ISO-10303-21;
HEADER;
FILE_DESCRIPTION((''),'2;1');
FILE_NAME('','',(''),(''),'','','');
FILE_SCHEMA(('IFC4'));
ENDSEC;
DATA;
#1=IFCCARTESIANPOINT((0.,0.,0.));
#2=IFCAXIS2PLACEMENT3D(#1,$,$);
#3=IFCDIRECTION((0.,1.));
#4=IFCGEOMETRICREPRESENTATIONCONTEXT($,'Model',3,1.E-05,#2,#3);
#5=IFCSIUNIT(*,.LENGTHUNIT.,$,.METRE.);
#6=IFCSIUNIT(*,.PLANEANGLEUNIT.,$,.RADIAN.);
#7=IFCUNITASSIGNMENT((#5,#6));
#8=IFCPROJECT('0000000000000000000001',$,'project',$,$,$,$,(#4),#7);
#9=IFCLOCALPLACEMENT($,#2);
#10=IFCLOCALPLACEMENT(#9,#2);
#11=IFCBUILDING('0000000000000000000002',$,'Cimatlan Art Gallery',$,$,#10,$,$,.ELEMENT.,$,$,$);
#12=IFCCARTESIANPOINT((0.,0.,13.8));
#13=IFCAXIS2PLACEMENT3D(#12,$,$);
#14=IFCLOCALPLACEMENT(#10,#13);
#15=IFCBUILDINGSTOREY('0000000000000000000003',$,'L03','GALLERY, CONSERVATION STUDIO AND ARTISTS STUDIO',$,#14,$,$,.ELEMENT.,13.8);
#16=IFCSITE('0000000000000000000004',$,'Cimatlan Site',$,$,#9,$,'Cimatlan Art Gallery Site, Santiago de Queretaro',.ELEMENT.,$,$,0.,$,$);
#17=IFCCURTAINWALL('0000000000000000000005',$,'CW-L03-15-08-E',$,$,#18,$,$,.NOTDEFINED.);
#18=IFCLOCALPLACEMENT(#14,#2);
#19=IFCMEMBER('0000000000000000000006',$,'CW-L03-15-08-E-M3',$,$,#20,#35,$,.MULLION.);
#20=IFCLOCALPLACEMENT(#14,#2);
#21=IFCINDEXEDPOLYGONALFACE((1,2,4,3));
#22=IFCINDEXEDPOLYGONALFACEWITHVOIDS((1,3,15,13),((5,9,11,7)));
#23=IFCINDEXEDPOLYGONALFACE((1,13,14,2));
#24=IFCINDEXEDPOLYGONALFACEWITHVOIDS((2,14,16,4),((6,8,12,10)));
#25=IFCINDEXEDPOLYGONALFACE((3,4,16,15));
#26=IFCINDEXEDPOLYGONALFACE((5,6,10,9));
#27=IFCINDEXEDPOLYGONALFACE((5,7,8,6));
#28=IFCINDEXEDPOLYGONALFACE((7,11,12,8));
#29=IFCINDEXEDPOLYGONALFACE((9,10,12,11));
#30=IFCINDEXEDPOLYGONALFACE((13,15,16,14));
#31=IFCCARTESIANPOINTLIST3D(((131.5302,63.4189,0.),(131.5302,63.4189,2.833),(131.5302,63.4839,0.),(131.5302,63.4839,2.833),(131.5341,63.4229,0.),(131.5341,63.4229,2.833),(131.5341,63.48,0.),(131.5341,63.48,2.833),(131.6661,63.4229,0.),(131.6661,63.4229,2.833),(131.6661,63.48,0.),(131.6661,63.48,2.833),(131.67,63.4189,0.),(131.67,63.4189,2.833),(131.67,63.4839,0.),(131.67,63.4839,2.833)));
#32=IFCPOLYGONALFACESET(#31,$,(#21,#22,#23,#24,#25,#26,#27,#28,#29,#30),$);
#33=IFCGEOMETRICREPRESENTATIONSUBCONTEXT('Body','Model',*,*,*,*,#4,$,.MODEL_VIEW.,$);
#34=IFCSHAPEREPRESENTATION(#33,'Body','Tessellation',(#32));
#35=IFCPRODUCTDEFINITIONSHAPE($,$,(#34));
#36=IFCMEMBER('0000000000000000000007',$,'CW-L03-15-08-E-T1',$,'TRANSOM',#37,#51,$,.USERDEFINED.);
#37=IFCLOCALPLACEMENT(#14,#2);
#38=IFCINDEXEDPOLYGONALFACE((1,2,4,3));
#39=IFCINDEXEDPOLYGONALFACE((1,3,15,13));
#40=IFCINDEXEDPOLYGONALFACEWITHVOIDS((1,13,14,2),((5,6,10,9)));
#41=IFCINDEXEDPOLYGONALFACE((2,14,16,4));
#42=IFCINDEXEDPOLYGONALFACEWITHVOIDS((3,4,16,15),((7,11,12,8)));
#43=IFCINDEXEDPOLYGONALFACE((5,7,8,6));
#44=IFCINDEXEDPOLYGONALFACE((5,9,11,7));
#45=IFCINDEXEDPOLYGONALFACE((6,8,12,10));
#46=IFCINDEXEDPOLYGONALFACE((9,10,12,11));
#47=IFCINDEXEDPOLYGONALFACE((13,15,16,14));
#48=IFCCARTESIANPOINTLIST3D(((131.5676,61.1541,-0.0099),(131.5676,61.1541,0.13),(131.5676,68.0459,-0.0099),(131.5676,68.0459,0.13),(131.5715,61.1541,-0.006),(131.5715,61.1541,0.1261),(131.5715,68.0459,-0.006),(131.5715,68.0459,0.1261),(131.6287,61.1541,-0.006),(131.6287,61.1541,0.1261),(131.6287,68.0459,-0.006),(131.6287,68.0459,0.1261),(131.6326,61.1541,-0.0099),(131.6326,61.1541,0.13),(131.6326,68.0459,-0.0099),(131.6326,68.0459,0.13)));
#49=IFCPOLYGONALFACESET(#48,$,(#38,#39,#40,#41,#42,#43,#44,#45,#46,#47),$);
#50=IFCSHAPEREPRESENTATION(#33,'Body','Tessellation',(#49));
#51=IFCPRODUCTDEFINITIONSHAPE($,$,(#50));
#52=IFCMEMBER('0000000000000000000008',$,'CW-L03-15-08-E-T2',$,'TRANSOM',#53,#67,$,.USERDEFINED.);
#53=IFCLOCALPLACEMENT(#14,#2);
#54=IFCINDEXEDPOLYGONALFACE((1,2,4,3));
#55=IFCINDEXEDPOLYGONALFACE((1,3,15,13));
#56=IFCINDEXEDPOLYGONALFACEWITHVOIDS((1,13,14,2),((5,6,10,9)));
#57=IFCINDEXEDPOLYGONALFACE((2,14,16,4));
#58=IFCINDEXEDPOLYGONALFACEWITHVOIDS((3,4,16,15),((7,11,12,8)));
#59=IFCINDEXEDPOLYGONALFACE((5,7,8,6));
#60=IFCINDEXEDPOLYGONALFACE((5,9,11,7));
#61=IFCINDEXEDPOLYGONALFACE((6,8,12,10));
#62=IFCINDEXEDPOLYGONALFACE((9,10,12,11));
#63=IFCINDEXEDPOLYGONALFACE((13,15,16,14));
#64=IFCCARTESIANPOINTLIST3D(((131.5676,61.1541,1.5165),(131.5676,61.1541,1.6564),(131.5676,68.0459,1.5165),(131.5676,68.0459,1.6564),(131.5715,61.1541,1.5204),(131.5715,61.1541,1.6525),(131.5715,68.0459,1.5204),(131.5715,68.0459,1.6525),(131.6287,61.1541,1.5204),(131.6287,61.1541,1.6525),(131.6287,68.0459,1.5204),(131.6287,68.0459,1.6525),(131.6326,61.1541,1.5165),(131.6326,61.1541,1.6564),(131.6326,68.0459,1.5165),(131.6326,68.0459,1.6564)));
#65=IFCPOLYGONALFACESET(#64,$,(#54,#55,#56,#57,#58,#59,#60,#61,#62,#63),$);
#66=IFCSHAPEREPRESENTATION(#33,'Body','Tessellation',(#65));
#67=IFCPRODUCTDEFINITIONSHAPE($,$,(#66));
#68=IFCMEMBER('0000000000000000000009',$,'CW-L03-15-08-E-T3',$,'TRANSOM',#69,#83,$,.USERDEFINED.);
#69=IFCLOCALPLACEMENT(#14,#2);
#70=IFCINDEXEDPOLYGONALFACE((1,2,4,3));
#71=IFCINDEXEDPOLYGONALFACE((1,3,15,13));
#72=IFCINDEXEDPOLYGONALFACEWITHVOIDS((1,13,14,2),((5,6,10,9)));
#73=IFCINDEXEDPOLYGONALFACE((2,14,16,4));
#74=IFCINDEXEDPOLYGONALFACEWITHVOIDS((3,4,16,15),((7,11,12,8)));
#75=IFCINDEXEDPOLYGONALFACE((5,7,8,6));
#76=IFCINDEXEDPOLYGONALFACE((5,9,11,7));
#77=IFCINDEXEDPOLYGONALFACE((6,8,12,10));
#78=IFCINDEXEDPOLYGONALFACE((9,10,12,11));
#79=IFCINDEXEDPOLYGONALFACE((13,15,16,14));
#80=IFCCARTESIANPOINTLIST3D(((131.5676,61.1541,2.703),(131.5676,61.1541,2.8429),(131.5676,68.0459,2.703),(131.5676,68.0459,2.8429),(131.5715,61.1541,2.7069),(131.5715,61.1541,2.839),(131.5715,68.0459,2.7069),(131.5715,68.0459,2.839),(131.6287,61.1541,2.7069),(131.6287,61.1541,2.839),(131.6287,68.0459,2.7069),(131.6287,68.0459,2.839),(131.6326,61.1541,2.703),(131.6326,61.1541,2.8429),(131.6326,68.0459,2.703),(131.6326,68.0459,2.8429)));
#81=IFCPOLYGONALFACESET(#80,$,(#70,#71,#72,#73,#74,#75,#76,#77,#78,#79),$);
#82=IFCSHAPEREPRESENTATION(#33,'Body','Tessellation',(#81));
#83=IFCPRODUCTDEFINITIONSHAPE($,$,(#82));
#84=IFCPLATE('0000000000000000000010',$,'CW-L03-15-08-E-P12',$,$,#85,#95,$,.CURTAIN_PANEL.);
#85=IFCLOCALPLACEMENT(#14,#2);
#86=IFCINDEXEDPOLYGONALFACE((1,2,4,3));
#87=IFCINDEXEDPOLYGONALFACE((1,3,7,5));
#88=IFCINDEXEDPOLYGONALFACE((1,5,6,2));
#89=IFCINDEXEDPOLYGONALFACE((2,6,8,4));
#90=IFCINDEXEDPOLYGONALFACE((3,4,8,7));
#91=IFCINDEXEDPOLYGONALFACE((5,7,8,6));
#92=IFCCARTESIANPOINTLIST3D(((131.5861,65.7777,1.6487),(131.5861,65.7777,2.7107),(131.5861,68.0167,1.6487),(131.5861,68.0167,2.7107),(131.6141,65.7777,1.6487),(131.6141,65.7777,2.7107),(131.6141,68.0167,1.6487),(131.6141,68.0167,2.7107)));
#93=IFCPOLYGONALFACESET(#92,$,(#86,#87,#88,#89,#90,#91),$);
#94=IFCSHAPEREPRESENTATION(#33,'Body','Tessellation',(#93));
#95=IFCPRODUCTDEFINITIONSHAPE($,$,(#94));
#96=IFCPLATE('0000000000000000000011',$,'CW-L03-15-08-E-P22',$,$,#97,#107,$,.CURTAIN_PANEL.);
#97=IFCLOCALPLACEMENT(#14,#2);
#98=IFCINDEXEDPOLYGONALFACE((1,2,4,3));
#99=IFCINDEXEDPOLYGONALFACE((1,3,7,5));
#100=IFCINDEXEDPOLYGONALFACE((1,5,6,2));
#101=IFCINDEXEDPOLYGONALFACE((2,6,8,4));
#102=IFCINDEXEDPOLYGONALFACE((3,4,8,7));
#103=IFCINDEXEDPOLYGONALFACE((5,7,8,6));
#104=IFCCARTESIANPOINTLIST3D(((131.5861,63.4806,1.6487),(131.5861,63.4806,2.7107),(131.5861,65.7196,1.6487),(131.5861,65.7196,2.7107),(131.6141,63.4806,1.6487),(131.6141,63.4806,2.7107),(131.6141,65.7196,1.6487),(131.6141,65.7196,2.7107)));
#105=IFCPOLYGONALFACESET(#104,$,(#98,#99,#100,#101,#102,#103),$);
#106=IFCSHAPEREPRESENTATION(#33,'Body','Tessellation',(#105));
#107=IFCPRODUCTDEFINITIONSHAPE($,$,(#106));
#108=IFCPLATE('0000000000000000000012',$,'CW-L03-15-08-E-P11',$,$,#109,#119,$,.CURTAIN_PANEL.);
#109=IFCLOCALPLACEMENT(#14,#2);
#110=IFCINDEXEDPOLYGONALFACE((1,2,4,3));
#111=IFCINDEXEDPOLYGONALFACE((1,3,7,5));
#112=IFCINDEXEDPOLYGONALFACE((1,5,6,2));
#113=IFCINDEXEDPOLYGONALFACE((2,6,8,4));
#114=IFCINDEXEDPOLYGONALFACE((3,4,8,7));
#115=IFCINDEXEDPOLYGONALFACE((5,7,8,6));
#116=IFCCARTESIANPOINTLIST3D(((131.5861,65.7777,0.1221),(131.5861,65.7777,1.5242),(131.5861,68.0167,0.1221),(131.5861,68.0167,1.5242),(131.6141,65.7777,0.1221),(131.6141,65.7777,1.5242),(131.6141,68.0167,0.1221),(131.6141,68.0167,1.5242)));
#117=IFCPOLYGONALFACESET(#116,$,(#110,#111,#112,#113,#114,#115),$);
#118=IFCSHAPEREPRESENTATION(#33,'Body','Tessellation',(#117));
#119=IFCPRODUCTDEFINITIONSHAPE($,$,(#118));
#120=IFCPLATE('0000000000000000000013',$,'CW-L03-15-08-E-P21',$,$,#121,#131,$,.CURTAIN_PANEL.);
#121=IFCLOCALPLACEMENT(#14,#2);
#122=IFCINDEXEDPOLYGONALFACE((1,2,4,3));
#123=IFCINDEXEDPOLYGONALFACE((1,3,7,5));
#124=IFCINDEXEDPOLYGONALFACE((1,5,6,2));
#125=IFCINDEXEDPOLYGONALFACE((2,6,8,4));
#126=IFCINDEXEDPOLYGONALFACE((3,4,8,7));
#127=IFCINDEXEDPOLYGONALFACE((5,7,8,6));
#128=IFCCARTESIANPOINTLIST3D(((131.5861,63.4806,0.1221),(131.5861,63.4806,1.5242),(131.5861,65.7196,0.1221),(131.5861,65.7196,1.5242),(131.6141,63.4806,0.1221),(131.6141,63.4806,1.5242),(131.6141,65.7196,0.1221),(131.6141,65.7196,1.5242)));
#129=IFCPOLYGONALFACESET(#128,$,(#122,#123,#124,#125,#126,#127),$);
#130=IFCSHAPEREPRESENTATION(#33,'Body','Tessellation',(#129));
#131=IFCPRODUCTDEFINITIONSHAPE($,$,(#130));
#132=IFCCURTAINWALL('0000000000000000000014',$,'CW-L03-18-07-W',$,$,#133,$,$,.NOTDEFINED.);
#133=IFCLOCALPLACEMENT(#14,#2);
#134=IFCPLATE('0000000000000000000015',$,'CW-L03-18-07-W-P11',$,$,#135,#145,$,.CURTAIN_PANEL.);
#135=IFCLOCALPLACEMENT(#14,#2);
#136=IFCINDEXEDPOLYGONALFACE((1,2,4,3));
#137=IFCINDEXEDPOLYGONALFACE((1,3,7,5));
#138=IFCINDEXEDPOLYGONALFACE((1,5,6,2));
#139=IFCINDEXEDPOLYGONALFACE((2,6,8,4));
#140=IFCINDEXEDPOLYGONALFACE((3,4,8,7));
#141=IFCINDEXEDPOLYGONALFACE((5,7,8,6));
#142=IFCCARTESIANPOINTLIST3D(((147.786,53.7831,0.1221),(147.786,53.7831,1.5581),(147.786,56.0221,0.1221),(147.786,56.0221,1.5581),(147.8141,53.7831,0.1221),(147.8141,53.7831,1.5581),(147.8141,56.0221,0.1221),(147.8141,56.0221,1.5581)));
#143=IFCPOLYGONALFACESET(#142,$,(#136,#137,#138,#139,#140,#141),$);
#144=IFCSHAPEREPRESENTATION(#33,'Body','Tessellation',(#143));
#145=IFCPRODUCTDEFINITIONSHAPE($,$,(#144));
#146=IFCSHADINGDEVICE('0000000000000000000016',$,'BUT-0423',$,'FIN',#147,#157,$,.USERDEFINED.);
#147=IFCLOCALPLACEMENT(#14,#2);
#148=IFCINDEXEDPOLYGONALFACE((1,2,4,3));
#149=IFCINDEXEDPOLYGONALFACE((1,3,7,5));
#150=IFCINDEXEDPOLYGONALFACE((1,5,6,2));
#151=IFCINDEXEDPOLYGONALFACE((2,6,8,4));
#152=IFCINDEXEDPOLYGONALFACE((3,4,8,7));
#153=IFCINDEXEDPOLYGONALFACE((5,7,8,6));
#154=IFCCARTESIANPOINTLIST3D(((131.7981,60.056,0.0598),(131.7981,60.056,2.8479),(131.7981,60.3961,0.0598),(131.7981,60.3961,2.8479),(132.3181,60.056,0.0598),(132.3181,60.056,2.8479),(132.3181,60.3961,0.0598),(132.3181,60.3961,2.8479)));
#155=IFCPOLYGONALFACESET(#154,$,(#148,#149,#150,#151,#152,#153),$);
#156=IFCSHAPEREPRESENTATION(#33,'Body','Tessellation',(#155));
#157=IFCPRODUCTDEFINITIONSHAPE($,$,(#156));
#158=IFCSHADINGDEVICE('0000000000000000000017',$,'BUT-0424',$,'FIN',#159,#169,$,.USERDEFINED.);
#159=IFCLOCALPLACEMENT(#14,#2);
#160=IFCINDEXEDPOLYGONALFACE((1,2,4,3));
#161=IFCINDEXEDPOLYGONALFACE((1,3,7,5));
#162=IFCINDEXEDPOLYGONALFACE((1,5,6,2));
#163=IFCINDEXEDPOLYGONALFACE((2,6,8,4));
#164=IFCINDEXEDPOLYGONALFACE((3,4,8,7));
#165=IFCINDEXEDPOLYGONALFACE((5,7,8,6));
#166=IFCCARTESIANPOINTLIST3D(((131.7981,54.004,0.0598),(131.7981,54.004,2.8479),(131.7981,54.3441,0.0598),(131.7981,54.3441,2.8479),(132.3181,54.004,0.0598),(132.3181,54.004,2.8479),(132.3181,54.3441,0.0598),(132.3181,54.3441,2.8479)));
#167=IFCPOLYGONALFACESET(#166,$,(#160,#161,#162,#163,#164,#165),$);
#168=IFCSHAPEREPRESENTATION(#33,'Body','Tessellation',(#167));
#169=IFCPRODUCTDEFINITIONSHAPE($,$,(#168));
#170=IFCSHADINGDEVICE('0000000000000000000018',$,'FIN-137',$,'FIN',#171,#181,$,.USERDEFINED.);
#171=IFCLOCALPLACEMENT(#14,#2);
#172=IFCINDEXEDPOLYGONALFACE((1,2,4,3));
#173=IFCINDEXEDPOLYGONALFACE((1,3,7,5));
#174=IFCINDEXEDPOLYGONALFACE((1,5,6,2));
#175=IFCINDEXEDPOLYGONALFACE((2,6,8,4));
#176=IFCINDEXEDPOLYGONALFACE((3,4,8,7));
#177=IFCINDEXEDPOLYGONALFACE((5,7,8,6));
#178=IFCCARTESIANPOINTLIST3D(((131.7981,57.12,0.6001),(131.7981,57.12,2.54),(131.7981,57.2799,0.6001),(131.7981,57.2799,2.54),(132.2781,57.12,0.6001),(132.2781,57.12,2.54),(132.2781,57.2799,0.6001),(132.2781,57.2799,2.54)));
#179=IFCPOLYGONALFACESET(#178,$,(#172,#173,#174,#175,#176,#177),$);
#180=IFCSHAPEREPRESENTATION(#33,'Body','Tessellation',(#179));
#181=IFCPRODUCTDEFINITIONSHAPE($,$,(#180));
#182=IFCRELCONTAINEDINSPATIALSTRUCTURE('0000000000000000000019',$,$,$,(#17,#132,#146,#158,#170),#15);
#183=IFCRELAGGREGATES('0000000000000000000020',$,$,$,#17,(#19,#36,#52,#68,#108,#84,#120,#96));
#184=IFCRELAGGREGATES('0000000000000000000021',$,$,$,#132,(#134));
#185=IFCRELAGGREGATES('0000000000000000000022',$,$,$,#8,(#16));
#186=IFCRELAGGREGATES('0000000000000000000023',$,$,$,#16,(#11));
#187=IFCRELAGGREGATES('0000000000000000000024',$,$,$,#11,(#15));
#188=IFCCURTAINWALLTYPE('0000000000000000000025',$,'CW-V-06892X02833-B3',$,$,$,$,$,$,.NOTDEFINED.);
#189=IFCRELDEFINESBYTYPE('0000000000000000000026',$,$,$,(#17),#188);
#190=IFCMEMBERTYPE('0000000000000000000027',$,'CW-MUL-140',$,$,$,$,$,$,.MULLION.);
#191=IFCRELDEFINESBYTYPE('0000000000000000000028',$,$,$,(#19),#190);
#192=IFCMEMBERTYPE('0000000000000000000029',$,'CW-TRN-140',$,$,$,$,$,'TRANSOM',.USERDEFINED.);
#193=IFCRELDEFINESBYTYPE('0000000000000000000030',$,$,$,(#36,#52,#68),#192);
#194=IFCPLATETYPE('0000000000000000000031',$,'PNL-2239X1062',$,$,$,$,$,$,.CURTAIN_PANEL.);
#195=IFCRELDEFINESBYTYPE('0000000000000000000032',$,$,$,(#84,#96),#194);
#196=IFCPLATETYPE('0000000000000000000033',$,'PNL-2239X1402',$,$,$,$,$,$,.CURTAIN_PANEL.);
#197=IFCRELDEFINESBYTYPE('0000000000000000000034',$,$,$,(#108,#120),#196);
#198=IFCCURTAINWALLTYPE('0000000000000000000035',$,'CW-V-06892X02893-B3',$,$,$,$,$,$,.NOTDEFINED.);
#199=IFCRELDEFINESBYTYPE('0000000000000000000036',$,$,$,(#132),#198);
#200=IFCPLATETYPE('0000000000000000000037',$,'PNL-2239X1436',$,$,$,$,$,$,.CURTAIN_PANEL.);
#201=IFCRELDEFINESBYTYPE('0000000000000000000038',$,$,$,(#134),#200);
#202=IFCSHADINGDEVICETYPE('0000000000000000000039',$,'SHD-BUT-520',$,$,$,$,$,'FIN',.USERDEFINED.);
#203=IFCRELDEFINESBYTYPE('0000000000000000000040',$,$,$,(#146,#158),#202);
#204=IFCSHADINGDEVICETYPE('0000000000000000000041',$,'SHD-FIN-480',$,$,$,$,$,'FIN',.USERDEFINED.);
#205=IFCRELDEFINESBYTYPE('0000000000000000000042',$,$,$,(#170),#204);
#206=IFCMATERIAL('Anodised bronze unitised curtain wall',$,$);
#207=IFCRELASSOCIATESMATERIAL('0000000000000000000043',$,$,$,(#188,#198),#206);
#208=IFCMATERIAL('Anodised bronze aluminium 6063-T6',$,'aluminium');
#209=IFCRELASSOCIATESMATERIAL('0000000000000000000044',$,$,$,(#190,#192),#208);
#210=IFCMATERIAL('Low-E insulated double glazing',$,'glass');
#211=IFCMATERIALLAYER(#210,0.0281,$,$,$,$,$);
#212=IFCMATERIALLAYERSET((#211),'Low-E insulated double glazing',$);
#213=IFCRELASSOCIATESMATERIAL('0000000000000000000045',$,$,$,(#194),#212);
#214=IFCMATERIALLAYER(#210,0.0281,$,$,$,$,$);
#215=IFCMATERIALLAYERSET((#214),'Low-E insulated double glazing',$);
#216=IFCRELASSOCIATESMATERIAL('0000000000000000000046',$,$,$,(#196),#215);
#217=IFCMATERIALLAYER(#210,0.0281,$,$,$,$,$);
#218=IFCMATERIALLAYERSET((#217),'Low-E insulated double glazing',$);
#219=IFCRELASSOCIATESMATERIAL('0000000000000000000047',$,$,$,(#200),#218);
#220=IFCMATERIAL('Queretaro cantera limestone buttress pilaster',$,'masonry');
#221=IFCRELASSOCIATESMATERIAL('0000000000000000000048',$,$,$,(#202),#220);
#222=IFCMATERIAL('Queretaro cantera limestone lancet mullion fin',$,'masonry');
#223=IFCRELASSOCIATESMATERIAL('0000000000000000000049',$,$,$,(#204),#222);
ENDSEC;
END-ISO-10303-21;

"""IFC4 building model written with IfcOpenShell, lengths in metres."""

from ifc_helpers import new_model, si_unit, direction, frame, origin, origin_2d, place, context, subcontext, project, spatial, rectangle, hollow_rectangle, extrude, material, layer, layer_set, material_profile, profile_set, type_object, element, aggregate, save


model = new_model("IFC4")

# Units and contexts
model_context = context("Model", 3, precision=1e-05, world=origin(), true_north=direction((0.0, 1.0)))
body_context = subcontext(model_context, "Body", "Model", "MODEL_VIEW")
ifc_project = project(units=[si_unit("LENGTHUNIT", "METRE"), si_unit("PLANEANGLEUNIT", "RADIAN")], contexts=[model_context])

# Site, building, storey
site_placement = place(None, origin())
site = spatial("IfcSite", under=ifc_project, at=site_placement, Name="Cimatlan Site", LongName="Cimatlan Art Gallery Site, Santiago de Queretaro", CompositionType="ELEMENT", RefElevation=0.0)
building_placement = place(site_placement, origin())
building = spatial("IfcBuilding", under=site, at=building_placement, Name="Cimatlan Art Gallery", CompositionType="ELEMENT")
storey_placement = place(building_placement, frame((0.0, 0.0, 13.8)))
storey = spatial("IfcBuildingStorey", under=building, at=storey_placement, Name="L03", Description="GALLERY, CONSERVATION STUDIO AND ARTISTS STUDIO", CompositionType="ELEMENT", Elevation=13.8)

# Curtain wall, members, plates
ifc_material_1 = material(Name="Anodised bronze unitised curtain wall")
curtain_wall_type_1 = type_object("IfcCurtainWallType", Name="CW-V-06892X02833-B3", PredefinedType="NOTDEFINED", material=ifc_material_1)
curtain_wall_1_placement = place(storey_placement, origin())
curtain_wall_1 = element("IfcCurtainWall", 1, at=curtain_wall_1_placement, inside=storey, type_object=curtain_wall_type_1, Name="CW-L03-15-08-E", PredefinedType="NOTDEFINED")
ifc_material_2 = material(Name="Anodised bronze aluminium 6063-T6", Category="aluminium")
ifc_material_profile_1 = material_profile(ifc_material_2, hollow_rectangle(XDim=0.0649, YDim=0.1399, WallThickness=0.0039, at=origin_2d()), Name="ALU65X140X4")
ifc_profile_set_1 = profile_set([ifc_material_profile_1], Name="Anodised bronze aluminium 6063-T6")
member_type_1 = type_object("IfcMemberType", Name="CW-MUL-140", PredefinedType="MULLION", material=ifc_profile_set_1)
member_1_placement = place(storey_placement, frame((131.6001, 63.4514, 0.0), z_axis=(0.0, 0.0, 1.0), x_axis=(0.0, 1.0, 0.0)))
member_1 = element("IfcMember", 2, at=member_1_placement, type_object=member_type_1, Name="CW-L03-15-08-E-M3", PredefinedType="MULLION", context=body_context, shape_type="SweptSolid", body=[
    extrude(hollow_rectangle(XDim=0.0649, YDim=0.1399, WallThickness=0.0039, at=origin_2d()), origin(), (0.0, 0.0, 1.0), 2.833),
])
ifc_material_profile_2 = material_profile(ifc_material_2, hollow_rectangle(XDim=0.0649, YDim=0.1399, WallThickness=0.0039, at=origin_2d()), Name="ALU65X140X4")
ifc_profile_set_2 = profile_set([ifc_material_profile_2], Name="Anodised bronze aluminium 6063-T6")
member_type_2 = type_object("IfcMemberType", Name="CW-TRN-140", ElementType="TRANSOM", PredefinedType="USERDEFINED", material=ifc_profile_set_2)
member_2_placement = place(storey_placement, frame((131.6001, 68.0459, 0.0601), z_axis=(0.0, -1.0, 0.0), x_axis=(1.0, 0.0, 0.0)))
member_2 = element("IfcMember", 3, at=member_2_placement, type_object=member_type_2, Name="CW-L03-15-08-E-T1", ObjectType="TRANSOM", PredefinedType="USERDEFINED", context=body_context, shape_type="SweptSolid", body=[
    extrude(hollow_rectangle(XDim=0.0649, YDim=0.1399, WallThickness=0.0039, at=origin_2d()), origin(), (0.0, 0.0, 1.0), 6.8918),
])
member_3_placement = place(storey_placement, frame((131.6001, 68.0459, 1.5864), z_axis=(0.0, -1.0, 0.0), x_axis=(1.0, 0.0, 0.0)))
member_3 = element("IfcMember", 4, at=member_3_placement, type_object=member_type_2, Name="CW-L03-15-08-E-T2", ObjectType="TRANSOM", PredefinedType="USERDEFINED", context=body_context, shape_type="SweptSolid", body=[
    extrude(hollow_rectangle(XDim=0.0649, YDim=0.1399, WallThickness=0.0039, at=origin_2d()), origin(), (0.0, 0.0, 1.0), 6.8918),
])
member_4_placement = place(storey_placement, frame((131.6001, 68.0459, 2.7729), z_axis=(0.0, -1.0, 0.0), x_axis=(1.0, 0.0, 0.0)))
member_4 = element("IfcMember", 5, at=member_4_placement, type_object=member_type_2, Name="CW-L03-15-08-E-T3", ObjectType="TRANSOM", PredefinedType="USERDEFINED", context=body_context, shape_type="SweptSolid", body=[
    extrude(hollow_rectangle(XDim=0.0649, YDim=0.1399, WallThickness=0.0039, at=origin_2d()), origin(), (0.0, 0.0, 1.0), 6.8918),
])
ifc_material_3 = material(Name="Low-E insulated double glazing", Category="glass")
ifc_layer_1 = layer(ifc_material_3, 0.0281)
ifc_layer_set_1 = layer_set([ifc_layer_1], Name="Low-E insulated double glazing")
plate_type_1 = type_object("IfcPlateType", Name="PNL-2239X1062", PredefinedType="CURTAIN_PANEL", material=ifc_layer_set_1)
plate_1_placement = place(storey_placement, frame((131.6001, 66.8972, 1.6487), z_axis=(0.0, 0.0, 1.0), x_axis=(0.0, -1.0, 0.0)))
plate_1 = element("IfcPlate", 6, at=plate_1_placement, type_object=plate_type_1, Name="CW-L03-15-08-E-P12", PredefinedType="CURTAIN_PANEL", context=body_context, shape_type="SweptSolid", body=[
    extrude(rectangle(XDim=2.239, YDim=0.0281, at=origin_2d()), origin(), (0.0, 0.0, 1.0), 1.062),
])
plate_2_placement = place(storey_placement, frame((131.6001, 64.6001, 1.6487), z_axis=(0.0, 0.0, 1.0), x_axis=(0.0, -1.0, 0.0)))
plate_2 = element("IfcPlate", 7, at=plate_2_placement, type_object=plate_type_1, Name="CW-L03-15-08-E-P22", PredefinedType="CURTAIN_PANEL", context=body_context, shape_type="SweptSolid", body=[
    extrude(rectangle(XDim=2.239, YDim=0.0281, at=origin_2d()), origin(), (0.0, 0.0, 1.0), 1.062),
])
ifc_layer_2 = layer(ifc_material_3, 0.0281)
ifc_layer_set_2 = layer_set([ifc_layer_2], Name="Low-E insulated double glazing")
plate_type_2 = type_object("IfcPlateType", Name="PNL-2239X1402", PredefinedType="CURTAIN_PANEL", material=ifc_layer_set_2)
plate_3_placement = place(storey_placement, frame((131.6001, 66.8972, 0.1221), z_axis=(0.0, 0.0, 1.0), x_axis=(0.0, -1.0, 0.0)))
plate_3 = element("IfcPlate", 8, at=plate_3_placement, type_object=plate_type_2, Name="CW-L03-15-08-E-P11", PredefinedType="CURTAIN_PANEL", context=body_context, shape_type="SweptSolid", body=[
    extrude(rectangle(XDim=2.239, YDim=0.0281, at=origin_2d()), origin(), (0.0, 0.0, 1.0), 1.4021),
])
plate_4_placement = place(storey_placement, frame((131.6001, 64.6001, 0.1221), z_axis=(0.0, 0.0, 1.0), x_axis=(0.0, -1.0, 0.0)))
plate_4 = element("IfcPlate", 9, at=plate_4_placement, type_object=plate_type_2, Name="CW-L03-15-08-E-P21", PredefinedType="CURTAIN_PANEL", context=body_context, shape_type="SweptSolid", body=[
    extrude(rectangle(XDim=2.239, YDim=0.0281, at=origin_2d()), origin(), (0.0, 0.0, 1.0), 1.4021),
])
aggregate(curtain_wall_1, [member_1, member_2, member_3, member_4, plate_3, plate_1, plate_4, plate_2])

# Curtain wall, plate
curtain_wall_type_2 = type_object("IfcCurtainWallType", Name="CW-V-06892X02893-B3", PredefinedType="NOTDEFINED", material=ifc_material_1)
curtain_wall_2_placement = place(storey_placement, origin())
curtain_wall_2 = element("IfcCurtainWall", 10, at=curtain_wall_2_placement, inside=storey, type_object=curtain_wall_type_2, Name="CW-L03-18-07-W", PredefinedType="NOTDEFINED")
ifc_layer_3 = layer(ifc_material_3, 0.0281)
ifc_layer_set_3 = layer_set([ifc_layer_3], Name="Low-E insulated double glazing")
plate_type_3 = type_object("IfcPlateType", Name="PNL-2239X1436", PredefinedType="CURTAIN_PANEL", material=ifc_layer_set_3)
plate_5_placement = place(storey_placement, frame((147.8, 54.9026, 0.1221), z_axis=(0.0, 0.0, 1.0), x_axis=(0.0, 1.0, 0.0)))
plate_5 = element("IfcPlate", 11, at=plate_5_placement, type_object=plate_type_3, Name="CW-L03-18-07-W-P11", PredefinedType="CURTAIN_PANEL", context=body_context, shape_type="SweptSolid", body=[
    extrude(rectangle(XDim=2.239, YDim=0.0281, at=origin_2d()), origin(), (0.0, 0.0, 1.0), 1.436),
])
aggregate(curtain_wall_2, [plate_5])

# Shading devices
ifc_material_4 = material(Name="Queretaro cantera limestone buttress pilaster", Category="masonry")
shading_device_type_1 = type_object("IfcShadingDeviceType", Name="SHD-BUT-520", ElementType="FIN", PredefinedType="USERDEFINED", material=ifc_material_4)
for number, where, z_axis, x_axis, name in (
    (12, (132.0581, 60.2261, 0.0598), (0.0, 0.0, 1.0), (0.0, -1.0, 0.0), "BUT-0423"),
    (13, (132.0581, 54.1741, 0.0598), (0.0, 0.0, 1.0), (0.0, -1.0, 0.0), "BUT-0424"),
):
    element("IfcShadingDevice", number, at=place(storey_placement, frame(where, z_axis=z_axis, x_axis=x_axis)), inside=storey, type_object=shading_device_type_1, Name=name, ObjectType="FIN", PredefinedType="USERDEFINED", context=body_context, shape_type="SweptSolid", body=[
        extrude(rectangle(XDim=0.3401, YDim=0.52, at=origin_2d()), origin(), (0.0, 0.0, 1.0), 2.7881),
    ])
ifc_material_5 = material(Name="Queretaro cantera limestone lancet mullion fin", Category="masonry")
shading_device_type_2 = type_object("IfcShadingDeviceType", Name="SHD-FIN-480", ElementType="FIN", PredefinedType="USERDEFINED", material=ifc_material_5)
shading_device_placement = place(storey_placement, frame((132.0381, 57.2, 0.6001), z_axis=(0.0, 0.0, 1.0), x_axis=(0.0, -1.0, 0.0)))
element("IfcShadingDevice", 14, at=shading_device_placement, inside=storey, type_object=shading_device_type_2, Name="FIN-137", ObjectType="FIN", PredefinedType="USERDEFINED", context=body_context, shape_type="SweptSolid", body=[
    extrude(rectangle(XDim=0.1599, YDim=0.48, at=origin_2d()), origin(), (0.0, 0.0, 1.0), 1.9399),
])

save(model, "model.ifc")
